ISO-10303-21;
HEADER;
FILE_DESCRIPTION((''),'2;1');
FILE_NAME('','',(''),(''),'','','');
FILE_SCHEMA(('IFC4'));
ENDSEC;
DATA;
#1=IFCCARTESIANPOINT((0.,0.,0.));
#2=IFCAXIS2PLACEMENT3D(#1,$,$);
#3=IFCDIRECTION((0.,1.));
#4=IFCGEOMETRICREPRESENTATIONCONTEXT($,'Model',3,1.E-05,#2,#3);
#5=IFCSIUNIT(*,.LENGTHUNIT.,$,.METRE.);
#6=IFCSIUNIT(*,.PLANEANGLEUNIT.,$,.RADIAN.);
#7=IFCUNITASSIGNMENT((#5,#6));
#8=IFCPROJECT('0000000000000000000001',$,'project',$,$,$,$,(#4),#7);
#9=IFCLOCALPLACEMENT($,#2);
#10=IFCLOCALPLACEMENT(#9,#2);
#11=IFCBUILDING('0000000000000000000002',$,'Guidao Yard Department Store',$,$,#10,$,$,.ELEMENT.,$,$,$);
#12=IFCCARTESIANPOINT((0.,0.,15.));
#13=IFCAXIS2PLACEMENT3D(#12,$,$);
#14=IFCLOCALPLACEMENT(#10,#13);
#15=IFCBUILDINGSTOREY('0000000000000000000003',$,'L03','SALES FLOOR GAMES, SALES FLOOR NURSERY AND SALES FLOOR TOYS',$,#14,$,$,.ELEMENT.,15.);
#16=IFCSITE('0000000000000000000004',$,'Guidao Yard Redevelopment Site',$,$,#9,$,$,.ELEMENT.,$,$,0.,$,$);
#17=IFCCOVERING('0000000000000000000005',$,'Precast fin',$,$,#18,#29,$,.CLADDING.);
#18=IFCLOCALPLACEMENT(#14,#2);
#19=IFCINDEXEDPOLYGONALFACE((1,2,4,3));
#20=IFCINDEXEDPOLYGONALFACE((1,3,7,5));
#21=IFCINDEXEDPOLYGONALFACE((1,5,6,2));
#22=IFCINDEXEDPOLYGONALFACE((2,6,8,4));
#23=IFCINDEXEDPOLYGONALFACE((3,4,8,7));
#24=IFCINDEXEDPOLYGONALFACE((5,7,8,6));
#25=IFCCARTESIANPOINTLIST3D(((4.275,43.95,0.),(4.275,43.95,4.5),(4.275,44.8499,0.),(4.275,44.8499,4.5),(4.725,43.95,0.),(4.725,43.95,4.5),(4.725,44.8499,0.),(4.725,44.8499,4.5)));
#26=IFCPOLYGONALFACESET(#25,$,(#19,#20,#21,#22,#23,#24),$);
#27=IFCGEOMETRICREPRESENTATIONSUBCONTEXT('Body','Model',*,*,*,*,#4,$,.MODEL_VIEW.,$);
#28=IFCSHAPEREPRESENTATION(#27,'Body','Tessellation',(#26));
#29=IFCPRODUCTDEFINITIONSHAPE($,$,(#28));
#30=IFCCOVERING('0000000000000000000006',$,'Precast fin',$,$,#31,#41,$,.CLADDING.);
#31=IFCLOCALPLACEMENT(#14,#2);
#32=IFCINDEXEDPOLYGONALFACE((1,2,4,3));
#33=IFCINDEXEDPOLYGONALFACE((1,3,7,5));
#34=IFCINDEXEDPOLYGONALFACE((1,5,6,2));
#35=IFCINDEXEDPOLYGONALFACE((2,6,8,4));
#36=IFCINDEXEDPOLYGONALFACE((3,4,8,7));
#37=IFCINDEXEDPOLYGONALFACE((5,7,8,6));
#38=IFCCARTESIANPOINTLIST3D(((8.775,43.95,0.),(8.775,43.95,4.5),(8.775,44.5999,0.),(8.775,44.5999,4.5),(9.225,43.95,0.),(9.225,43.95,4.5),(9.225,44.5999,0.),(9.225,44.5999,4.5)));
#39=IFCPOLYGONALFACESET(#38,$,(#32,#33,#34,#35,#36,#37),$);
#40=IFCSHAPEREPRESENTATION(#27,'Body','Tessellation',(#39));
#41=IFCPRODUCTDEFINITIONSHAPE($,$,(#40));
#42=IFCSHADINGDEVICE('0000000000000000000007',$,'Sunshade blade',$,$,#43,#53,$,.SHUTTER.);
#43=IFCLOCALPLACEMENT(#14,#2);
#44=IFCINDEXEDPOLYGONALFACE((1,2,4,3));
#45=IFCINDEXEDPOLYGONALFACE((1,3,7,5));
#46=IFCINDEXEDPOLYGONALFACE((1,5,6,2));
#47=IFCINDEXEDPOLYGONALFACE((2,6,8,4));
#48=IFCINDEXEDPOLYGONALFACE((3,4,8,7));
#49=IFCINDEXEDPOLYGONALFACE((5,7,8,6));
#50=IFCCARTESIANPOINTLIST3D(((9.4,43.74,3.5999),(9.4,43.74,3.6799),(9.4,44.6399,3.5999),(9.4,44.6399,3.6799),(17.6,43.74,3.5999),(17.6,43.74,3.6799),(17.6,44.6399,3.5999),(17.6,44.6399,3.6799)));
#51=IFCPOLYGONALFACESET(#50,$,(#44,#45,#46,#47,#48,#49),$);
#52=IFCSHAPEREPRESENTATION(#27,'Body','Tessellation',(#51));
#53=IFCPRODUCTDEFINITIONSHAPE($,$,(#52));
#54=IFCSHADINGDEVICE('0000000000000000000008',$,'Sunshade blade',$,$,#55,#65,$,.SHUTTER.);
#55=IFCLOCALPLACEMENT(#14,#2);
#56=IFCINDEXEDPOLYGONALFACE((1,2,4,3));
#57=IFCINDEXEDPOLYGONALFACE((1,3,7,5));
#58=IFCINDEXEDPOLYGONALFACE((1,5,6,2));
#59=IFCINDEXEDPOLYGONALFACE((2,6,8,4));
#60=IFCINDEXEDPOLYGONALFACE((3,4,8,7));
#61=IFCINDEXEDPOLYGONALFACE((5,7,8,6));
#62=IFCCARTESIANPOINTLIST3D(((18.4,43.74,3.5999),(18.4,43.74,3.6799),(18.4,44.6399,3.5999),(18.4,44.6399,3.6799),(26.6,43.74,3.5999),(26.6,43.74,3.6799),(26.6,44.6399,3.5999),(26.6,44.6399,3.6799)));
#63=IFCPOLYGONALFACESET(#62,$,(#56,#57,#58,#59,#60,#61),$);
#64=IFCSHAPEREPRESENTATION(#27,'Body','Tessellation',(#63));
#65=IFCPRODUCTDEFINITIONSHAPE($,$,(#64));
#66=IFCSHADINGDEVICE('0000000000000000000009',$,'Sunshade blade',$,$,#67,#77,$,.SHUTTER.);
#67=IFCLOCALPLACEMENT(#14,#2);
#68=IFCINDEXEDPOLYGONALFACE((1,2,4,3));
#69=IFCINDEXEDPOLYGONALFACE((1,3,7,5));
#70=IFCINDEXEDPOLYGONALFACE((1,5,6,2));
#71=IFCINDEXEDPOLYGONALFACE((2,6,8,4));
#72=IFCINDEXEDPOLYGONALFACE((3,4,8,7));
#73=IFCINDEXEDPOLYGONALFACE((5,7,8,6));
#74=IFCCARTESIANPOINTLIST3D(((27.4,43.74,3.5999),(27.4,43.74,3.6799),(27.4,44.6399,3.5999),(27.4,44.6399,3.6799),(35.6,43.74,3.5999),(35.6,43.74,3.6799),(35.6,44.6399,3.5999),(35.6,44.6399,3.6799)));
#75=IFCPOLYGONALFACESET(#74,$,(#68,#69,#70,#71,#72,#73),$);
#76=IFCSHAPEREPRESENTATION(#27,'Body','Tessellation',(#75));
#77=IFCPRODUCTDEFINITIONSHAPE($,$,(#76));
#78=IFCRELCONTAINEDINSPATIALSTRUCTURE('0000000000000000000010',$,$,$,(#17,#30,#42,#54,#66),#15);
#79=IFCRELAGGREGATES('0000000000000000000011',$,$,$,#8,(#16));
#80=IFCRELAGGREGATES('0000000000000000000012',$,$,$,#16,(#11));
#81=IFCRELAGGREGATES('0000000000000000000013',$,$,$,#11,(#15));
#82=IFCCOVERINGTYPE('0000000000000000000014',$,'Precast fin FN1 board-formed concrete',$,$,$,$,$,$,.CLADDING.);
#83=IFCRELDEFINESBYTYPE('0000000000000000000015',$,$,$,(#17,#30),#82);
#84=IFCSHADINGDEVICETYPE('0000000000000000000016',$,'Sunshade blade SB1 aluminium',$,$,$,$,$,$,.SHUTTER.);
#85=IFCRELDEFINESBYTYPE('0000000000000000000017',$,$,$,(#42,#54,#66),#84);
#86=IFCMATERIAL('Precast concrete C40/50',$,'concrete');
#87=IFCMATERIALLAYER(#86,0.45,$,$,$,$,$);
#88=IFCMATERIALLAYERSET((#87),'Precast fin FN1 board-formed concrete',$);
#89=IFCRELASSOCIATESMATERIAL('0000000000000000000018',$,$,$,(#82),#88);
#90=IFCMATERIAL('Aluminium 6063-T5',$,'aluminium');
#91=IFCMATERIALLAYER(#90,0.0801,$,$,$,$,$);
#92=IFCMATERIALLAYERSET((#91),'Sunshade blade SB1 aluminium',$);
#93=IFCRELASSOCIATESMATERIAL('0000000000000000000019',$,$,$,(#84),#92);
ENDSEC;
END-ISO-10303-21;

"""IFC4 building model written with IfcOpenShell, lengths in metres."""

from ifc_helpers import new_model, si_unit, direction, frame, origin, origin_2d, place, context, subcontext, project, spatial, rectangle, extrude, material, layer, layer_set, type_object, element, save


model = new_model("IFC4")

# Units and contexts
model_context = context("Model", 3, precision=1e-05, world=origin(), true_north=direction((0.0, 1.0)))
body_context = subcontext(model_context, "Body", "Model", "MODEL_VIEW")
ifc_project = project(units=[si_unit("LENGTHUNIT", "METRE"), si_unit("PLANEANGLEUNIT", "RADIAN")], contexts=[model_context])

# Site, building, storey
site_placement = place(None, origin())
site = spatial("IfcSite", under=ifc_project, at=site_placement, Name="Guidao Yard Redevelopment Site", CompositionType="ELEMENT", RefElevation=0.0)
building_placement = place(site_placement, origin())
building = spatial("IfcBuilding", under=site, at=building_placement, Name="Guidao Yard Department Store", CompositionType="ELEMENT")
storey_placement = place(building_placement, frame((0.0, 0.0, 15.0)))
storey = spatial("IfcBuildingStorey", under=building, at=storey_placement, Name="L03", Description="SALES FLOOR GAMES, SALES FLOOR NURSERY AND SALES FLOOR TOYS", CompositionType="ELEMENT", Elevation=15.0)

# Coverings
ifc_material_1 = material(Name="Precast concrete C40/50", Category="concrete")
ifc_layer_1 = layer(ifc_material_1, 0.45)
ifc_layer_set_1 = layer_set([ifc_layer_1], Name="Precast fin FN1 board-formed concrete")
covering_type = type_object("IfcCoveringType", Name="Precast fin FN1 board-formed concrete", PredefinedType="CLADDING", material=ifc_layer_set_1)
covering_1_placement = place(storey_placement, frame((4.5, 44.3999, 0.0), z_axis=(0.0, 0.0, 1.0), x_axis=(-1.0, 0.0, 0.0)))
element("IfcCovering", 1, at=covering_1_placement, inside=storey, type_object=covering_type, Name="Precast fin", PredefinedType="CLADDING", context=body_context, shape_type="SweptSolid", body=[
    extrude(rectangle(XDim=0.45, YDim=0.8999, at=origin_2d()), origin(), (0.0, 0.0, 1.0), 4.5),
])
covering_2_placement = place(storey_placement, frame((9.0, 44.2749, 0.0), z_axis=(0.0, 0.0, 1.0), x_axis=(-1.0, 0.0, 0.0)))
element("IfcCovering", 2, at=covering_2_placement, inside=storey, type_object=covering_type, Name="Precast fin", PredefinedType="CLADDING", context=body_context, shape_type="SweptSolid", body=[
    extrude(rectangle(XDim=0.45, YDim=0.6499, at=origin_2d()), origin(), (0.0, 0.0, 1.0), 4.5),
])

# Shading devices
ifc_material_2 = material(Name="Aluminium 6063-T5", Category="aluminium")
ifc_layer_2 = layer(ifc_material_2, 0.0801)
ifc_layer_set_2 = layer_set([ifc_layer_2], Name="Sunshade blade SB1 aluminium")
shading_device_type = type_object("IfcShadingDeviceType", Name="Sunshade blade SB1 aluminium", PredefinedType="SHUTTER", material=ifc_layer_set_2)
for number, where, z_axis, x_axis, name in (
    (3, (13.5, 44.1899, 3.5999), (0.0, 0.0, 1.0), (-1.0, 0.0, 0.0), "Sunshade blade"),
    (4, (22.5, 44.1899, 3.5999), (0.0, 0.0, 1.0), (-1.0, 0.0, 0.0), "Sunshade blade"),
    (5, (31.5, 44.1899, 3.5999), (0.0, 0.0, 1.0), (-1.0, 0.0, 0.0), "Sunshade blade"),
):
    element("IfcShadingDevice", number, at=place(storey_placement, frame(where, z_axis=z_axis, x_axis=x_axis)), inside=storey, type_object=shading_device_type, Name=name, PredefinedType="SHUTTER", context=body_context, shape_type="SweptSolid", body=[
        extrude(rectangle(XDim=8.2, YDim=0.8999, at=origin_2d()), origin(), (0.0, 0.0, 1.0), 0.0801),
    ])

save(model, "model.ifc")
